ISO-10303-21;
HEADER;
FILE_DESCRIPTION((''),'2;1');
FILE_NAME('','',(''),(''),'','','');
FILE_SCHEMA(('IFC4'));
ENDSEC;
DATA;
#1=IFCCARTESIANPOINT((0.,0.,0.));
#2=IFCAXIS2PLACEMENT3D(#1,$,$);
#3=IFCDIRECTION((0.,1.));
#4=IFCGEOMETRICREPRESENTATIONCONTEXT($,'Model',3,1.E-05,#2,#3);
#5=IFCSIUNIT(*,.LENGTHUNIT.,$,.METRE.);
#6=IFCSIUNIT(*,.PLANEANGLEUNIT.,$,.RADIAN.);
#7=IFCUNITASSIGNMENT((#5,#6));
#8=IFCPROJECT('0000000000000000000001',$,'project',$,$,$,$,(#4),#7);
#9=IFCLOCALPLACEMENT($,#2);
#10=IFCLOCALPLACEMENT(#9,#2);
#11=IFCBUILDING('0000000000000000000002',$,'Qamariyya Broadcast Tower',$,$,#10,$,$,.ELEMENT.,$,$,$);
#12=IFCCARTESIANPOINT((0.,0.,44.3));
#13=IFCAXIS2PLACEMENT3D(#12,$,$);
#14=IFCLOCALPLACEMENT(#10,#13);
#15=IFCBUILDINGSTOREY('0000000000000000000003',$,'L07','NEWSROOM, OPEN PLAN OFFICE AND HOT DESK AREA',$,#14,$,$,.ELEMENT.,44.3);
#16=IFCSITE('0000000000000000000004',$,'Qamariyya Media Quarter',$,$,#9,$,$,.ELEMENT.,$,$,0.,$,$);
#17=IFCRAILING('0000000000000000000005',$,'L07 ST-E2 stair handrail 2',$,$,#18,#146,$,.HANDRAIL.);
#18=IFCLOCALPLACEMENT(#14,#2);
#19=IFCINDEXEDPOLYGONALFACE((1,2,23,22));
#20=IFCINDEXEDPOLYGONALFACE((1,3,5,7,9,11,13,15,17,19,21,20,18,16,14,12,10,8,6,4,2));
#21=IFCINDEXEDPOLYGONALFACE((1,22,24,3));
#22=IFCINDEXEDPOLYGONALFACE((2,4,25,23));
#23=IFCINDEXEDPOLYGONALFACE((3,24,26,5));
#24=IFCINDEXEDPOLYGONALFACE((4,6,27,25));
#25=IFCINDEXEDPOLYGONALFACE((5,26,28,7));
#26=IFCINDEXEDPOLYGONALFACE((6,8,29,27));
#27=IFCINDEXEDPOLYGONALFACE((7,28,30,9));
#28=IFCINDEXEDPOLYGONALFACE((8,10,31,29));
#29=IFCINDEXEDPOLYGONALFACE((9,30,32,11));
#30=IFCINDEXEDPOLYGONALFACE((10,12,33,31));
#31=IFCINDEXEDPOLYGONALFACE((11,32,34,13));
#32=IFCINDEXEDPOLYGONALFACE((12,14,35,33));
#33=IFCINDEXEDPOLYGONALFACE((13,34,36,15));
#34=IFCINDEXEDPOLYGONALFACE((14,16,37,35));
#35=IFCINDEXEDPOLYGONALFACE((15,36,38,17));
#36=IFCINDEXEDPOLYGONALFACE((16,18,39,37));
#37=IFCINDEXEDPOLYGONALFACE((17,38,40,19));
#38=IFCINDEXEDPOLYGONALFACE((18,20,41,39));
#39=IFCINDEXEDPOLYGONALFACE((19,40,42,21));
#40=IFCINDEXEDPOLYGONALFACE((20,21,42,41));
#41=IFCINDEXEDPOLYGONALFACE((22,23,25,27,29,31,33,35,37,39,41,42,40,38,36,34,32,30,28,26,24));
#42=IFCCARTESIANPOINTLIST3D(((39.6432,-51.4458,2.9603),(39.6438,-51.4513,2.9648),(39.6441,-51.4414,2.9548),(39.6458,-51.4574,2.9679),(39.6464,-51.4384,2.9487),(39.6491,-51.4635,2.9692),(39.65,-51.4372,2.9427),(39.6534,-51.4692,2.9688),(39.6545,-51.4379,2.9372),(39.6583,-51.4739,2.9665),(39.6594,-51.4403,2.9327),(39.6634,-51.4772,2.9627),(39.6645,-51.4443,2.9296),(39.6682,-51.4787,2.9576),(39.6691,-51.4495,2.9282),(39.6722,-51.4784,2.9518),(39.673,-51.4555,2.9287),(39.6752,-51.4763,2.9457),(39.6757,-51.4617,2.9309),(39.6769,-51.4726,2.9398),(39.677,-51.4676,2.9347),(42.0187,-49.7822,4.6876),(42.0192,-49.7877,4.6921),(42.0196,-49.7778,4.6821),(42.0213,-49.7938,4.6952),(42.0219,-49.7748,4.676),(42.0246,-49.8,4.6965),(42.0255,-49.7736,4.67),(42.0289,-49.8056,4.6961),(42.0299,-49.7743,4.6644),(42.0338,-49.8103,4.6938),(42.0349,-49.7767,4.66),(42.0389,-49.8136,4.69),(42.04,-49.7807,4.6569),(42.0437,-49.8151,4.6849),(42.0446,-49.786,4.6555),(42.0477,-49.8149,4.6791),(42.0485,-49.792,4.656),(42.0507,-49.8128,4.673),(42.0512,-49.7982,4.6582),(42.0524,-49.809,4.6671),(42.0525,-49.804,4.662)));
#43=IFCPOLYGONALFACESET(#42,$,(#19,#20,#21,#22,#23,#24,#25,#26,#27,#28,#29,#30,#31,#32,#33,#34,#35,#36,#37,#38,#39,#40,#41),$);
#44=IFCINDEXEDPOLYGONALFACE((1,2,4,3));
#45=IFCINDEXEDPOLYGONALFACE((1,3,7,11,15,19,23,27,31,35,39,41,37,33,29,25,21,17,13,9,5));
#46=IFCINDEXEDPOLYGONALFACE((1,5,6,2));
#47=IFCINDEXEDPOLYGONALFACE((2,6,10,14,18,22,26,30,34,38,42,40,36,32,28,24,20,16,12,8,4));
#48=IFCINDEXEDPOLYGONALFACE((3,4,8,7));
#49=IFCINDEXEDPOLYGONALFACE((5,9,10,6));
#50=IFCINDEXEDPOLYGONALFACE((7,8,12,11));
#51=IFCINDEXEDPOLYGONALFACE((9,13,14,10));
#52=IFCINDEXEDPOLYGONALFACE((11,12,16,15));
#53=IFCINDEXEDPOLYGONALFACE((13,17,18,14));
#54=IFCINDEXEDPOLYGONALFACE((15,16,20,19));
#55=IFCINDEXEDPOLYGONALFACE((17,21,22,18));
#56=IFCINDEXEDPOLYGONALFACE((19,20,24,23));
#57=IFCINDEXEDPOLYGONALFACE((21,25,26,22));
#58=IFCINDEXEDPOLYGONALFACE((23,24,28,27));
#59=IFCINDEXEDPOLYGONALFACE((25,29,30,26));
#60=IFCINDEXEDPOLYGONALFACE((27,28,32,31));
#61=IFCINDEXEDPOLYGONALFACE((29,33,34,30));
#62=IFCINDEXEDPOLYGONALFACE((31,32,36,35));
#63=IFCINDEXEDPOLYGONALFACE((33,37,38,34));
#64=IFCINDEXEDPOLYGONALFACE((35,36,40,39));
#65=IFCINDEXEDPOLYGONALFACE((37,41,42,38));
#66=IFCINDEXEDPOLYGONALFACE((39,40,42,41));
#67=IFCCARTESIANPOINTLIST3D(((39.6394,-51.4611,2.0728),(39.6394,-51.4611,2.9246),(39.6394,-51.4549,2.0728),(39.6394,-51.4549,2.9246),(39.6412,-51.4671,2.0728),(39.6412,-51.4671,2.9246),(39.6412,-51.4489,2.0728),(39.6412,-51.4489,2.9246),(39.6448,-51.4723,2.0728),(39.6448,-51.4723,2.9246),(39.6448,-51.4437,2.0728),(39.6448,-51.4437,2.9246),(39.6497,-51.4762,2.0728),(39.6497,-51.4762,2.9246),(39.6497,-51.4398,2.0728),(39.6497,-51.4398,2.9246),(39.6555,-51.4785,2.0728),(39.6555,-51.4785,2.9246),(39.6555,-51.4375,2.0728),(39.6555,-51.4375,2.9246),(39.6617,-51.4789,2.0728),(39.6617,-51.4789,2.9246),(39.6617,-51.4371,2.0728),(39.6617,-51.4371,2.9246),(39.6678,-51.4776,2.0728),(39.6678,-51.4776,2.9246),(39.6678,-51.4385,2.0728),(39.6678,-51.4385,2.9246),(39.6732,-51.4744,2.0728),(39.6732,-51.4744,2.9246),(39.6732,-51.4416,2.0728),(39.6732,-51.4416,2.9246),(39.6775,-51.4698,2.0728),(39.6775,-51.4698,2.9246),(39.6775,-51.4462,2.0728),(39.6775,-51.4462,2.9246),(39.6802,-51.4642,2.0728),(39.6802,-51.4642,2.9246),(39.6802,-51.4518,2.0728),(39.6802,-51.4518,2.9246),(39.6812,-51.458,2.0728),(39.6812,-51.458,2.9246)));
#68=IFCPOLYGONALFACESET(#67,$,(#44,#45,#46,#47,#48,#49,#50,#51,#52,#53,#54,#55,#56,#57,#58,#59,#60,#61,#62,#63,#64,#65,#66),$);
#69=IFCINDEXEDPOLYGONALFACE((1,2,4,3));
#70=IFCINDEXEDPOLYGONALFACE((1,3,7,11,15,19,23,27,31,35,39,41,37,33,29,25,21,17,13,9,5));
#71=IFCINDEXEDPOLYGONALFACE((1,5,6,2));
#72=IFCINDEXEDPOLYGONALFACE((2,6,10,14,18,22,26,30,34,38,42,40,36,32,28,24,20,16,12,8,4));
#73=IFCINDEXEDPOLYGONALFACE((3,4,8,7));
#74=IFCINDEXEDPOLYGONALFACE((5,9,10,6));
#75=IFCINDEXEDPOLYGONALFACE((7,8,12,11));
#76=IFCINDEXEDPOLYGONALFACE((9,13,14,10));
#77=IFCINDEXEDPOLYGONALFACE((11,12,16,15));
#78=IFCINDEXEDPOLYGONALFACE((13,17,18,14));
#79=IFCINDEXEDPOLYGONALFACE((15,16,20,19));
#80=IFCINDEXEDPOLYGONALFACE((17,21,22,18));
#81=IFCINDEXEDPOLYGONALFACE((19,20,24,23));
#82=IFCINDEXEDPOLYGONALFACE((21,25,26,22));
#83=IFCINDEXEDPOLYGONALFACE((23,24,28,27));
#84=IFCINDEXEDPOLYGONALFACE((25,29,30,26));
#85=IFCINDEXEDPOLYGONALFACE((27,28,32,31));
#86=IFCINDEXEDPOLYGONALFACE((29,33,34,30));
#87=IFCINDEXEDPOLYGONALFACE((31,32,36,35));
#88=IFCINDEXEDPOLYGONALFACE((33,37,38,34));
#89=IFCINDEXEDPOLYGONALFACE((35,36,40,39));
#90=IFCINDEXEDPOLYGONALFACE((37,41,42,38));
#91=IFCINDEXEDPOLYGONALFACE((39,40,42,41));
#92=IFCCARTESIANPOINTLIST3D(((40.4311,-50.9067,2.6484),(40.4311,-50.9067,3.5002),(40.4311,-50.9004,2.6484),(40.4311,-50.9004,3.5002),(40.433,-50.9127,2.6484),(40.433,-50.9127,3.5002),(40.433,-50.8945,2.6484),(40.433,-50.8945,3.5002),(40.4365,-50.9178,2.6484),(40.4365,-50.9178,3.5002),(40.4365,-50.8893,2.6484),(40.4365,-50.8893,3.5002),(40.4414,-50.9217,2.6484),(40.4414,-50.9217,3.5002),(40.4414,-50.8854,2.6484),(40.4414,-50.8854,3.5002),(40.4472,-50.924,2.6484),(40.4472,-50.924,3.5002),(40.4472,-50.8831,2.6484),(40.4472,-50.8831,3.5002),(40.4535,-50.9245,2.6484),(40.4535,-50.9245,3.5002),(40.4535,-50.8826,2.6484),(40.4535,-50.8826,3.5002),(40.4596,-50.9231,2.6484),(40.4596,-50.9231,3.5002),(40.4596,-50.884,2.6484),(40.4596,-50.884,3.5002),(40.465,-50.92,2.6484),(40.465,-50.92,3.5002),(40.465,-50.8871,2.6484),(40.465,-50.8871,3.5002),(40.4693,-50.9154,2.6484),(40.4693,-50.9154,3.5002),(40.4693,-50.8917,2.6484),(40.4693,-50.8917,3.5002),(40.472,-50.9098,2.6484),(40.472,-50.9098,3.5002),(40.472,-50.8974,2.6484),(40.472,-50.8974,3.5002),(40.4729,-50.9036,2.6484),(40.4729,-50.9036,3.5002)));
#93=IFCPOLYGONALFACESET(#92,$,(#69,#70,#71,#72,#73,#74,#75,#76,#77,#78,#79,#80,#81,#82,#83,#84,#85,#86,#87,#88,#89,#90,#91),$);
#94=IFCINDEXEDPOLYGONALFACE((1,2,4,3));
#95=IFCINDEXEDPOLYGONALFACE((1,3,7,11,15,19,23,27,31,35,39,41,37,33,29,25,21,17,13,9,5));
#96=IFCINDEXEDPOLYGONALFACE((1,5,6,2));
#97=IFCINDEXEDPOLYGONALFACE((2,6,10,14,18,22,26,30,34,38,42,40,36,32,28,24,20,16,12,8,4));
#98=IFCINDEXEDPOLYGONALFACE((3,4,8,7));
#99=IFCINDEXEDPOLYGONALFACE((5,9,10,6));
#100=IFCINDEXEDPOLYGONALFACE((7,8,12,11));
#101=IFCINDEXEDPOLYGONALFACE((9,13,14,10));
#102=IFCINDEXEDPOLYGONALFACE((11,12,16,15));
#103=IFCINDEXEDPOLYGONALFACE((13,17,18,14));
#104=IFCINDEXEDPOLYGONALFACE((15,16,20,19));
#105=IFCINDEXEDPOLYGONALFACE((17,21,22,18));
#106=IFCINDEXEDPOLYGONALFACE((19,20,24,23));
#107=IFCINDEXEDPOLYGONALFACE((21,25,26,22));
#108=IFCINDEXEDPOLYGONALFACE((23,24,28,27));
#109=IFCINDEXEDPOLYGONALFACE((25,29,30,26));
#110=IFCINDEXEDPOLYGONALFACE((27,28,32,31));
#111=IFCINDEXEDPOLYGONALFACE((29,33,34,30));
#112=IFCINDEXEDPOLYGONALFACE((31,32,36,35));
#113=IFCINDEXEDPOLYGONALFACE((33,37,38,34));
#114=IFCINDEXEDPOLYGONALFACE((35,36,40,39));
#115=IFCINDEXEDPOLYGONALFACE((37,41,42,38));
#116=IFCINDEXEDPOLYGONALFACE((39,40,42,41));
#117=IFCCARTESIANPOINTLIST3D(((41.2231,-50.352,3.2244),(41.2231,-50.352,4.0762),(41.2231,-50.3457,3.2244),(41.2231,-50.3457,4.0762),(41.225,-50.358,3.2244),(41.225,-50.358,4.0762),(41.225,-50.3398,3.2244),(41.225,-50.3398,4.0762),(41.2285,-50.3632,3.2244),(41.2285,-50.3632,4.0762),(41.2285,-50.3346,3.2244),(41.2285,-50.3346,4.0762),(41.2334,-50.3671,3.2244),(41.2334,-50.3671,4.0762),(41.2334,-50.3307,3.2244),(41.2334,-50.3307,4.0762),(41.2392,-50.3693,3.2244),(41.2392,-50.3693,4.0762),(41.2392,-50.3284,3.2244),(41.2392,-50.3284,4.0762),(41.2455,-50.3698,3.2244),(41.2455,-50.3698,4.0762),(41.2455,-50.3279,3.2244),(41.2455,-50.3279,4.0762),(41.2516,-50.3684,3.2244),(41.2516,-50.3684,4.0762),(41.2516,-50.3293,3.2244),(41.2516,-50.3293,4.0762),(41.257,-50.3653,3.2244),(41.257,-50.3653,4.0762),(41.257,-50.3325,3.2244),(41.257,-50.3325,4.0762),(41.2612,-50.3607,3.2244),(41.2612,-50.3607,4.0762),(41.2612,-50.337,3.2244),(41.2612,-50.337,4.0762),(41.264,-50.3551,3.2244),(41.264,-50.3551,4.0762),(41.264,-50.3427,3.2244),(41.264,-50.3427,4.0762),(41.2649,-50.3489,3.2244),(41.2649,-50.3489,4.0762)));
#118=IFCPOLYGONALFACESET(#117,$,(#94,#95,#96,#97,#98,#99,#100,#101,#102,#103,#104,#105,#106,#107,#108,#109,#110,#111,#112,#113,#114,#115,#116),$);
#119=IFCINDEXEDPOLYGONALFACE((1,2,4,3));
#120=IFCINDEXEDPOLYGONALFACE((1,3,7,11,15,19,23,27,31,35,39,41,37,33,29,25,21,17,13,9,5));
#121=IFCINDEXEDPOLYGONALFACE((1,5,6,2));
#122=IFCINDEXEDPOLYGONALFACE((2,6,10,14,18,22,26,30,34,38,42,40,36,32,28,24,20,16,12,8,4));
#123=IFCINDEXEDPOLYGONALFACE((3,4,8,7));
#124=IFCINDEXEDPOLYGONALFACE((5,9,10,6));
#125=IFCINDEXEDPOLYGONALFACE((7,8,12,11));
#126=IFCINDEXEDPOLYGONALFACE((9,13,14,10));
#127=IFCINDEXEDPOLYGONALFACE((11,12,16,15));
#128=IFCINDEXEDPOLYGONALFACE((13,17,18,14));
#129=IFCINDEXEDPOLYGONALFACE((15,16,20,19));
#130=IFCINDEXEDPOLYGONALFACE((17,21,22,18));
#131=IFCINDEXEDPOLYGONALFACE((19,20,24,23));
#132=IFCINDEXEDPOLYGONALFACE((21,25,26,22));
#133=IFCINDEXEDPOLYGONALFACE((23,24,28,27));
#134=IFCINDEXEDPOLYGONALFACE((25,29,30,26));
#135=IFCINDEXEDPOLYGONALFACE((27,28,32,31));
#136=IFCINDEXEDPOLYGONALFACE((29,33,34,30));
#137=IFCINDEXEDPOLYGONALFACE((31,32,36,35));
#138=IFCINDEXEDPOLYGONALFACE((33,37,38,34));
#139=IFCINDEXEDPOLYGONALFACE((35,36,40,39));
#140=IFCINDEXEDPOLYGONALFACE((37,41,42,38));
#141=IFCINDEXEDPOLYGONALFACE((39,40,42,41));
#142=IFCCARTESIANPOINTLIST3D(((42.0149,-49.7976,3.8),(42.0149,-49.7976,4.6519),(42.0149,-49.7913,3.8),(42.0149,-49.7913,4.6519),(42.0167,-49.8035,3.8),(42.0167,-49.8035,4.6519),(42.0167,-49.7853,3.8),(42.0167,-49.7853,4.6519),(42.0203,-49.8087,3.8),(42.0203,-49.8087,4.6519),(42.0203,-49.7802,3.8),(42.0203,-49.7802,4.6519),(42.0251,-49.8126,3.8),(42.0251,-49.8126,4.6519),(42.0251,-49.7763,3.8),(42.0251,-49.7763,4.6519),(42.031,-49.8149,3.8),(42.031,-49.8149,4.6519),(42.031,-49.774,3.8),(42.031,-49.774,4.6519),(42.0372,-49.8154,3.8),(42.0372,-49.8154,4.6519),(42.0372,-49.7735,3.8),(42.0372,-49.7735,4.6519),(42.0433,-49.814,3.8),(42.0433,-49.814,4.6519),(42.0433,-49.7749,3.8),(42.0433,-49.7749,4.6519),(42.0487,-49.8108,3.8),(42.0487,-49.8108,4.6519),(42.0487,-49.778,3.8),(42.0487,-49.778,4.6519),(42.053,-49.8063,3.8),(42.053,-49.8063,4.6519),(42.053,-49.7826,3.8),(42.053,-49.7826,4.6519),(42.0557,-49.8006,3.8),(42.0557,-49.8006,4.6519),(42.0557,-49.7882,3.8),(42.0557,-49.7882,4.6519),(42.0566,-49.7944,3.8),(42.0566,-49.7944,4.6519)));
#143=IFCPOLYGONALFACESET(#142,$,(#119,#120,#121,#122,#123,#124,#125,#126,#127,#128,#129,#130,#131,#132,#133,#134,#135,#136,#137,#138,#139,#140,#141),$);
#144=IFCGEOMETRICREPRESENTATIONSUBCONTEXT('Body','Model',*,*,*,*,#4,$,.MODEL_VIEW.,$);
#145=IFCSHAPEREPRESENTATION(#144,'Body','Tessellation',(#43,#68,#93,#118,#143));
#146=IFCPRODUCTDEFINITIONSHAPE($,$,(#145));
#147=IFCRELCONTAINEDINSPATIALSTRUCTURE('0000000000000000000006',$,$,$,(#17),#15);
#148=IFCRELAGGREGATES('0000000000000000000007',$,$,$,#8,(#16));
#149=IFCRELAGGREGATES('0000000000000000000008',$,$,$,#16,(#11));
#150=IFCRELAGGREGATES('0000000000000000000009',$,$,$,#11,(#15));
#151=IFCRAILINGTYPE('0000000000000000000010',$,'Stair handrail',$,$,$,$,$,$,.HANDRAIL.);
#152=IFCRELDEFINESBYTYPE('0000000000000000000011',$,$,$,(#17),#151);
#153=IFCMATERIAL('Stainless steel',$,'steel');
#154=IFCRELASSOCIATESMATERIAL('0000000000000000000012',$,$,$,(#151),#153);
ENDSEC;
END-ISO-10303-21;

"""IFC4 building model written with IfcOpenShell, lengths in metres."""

from ifc_helpers import new_model, si_unit, direction, frame, origin, origin_2d, place, context, subcontext, project, spatial, circle, extrude, material, type_object, element, save


model = new_model("IFC4")

# Units and contexts
model_context = context("Model", 3, precision=1e-05, world=origin(), true_north=direction((0.0, 1.0)))
body_context = subcontext(model_context, "Body", "Model", "MODEL_VIEW")
ifc_project = project(units=[si_unit("LENGTHUNIT", "METRE"), si_unit("PLANEANGLEUNIT", "RADIAN")], contexts=[model_context])

# Site, building, storey
site_placement = place(None, origin())
site = spatial("IfcSite", under=ifc_project, at=site_placement, Name="Qamariyya Media Quarter", CompositionType="ELEMENT", RefElevation=0.0)
building_placement = place(site_placement, origin())
building = spatial("IfcBuilding", under=site, at=building_placement, Name="Qamariyya Broadcast Tower", CompositionType="ELEMENT")
storey_placement = place(building_placement, frame((0.0, 0.0, 44.3)))
storey = spatial("IfcBuildingStorey", under=building, at=storey_placement, Name="L07", Description="NEWSROOM, OPEN PLAN OFFICE AND HOT DESK AREA", CompositionType="ELEMENT", Elevation=44.3)

# Railing
ifc_material_1 = material(Name="Stainless steel", Category="steel")
railing_type_1 = type_object("IfcRailingType", Name="Stair handrail", PredefinedType="HANDRAIL", material=ifc_material_1)
railing_1_placement = place(storey_placement, frame((39.6602, -51.458, 2.0728)))
element("IfcRailing", 1, at=railing_1_placement, inside=storey, type_object=railing_type_1, Name="L07 ST-E2 stair handrail 2", PredefinedType="HANDRAIL", context=body_context, shape_type="SweptSolid", body=[
    extrude(circle(Radius=0.0239, at=origin_2d()), frame((0.0, 0.0, 0.876), z_axis=(0.703745, 0.492838, 0.511716), x_axis=(-0.573632, 0.819113, 0.0)), (0.0, 0.0, 1.0), 3.3755),
    extrude(circle(Radius=0.021, at=origin_2d()), origin(), (0.0, 0.0, 1.0), 0.8518),
    extrude(circle(Radius=0.021, at=origin_2d()), frame((0.7917, 0.5544, 0.5757)), (0.0, 0.0, 1.0), 0.8518),
    extrude(circle(Radius=0.021, at=origin_2d()), frame((1.5837, 1.1091, 1.1516)), (0.0, 0.0, 1.0), 0.8518),
    extrude(circle(Radius=0.021, at=origin_2d()), frame((2.3755, 1.6636, 1.7273)), (0.0, 0.0, 1.0), 0.8518),
])

save(model, "model.ifc")
